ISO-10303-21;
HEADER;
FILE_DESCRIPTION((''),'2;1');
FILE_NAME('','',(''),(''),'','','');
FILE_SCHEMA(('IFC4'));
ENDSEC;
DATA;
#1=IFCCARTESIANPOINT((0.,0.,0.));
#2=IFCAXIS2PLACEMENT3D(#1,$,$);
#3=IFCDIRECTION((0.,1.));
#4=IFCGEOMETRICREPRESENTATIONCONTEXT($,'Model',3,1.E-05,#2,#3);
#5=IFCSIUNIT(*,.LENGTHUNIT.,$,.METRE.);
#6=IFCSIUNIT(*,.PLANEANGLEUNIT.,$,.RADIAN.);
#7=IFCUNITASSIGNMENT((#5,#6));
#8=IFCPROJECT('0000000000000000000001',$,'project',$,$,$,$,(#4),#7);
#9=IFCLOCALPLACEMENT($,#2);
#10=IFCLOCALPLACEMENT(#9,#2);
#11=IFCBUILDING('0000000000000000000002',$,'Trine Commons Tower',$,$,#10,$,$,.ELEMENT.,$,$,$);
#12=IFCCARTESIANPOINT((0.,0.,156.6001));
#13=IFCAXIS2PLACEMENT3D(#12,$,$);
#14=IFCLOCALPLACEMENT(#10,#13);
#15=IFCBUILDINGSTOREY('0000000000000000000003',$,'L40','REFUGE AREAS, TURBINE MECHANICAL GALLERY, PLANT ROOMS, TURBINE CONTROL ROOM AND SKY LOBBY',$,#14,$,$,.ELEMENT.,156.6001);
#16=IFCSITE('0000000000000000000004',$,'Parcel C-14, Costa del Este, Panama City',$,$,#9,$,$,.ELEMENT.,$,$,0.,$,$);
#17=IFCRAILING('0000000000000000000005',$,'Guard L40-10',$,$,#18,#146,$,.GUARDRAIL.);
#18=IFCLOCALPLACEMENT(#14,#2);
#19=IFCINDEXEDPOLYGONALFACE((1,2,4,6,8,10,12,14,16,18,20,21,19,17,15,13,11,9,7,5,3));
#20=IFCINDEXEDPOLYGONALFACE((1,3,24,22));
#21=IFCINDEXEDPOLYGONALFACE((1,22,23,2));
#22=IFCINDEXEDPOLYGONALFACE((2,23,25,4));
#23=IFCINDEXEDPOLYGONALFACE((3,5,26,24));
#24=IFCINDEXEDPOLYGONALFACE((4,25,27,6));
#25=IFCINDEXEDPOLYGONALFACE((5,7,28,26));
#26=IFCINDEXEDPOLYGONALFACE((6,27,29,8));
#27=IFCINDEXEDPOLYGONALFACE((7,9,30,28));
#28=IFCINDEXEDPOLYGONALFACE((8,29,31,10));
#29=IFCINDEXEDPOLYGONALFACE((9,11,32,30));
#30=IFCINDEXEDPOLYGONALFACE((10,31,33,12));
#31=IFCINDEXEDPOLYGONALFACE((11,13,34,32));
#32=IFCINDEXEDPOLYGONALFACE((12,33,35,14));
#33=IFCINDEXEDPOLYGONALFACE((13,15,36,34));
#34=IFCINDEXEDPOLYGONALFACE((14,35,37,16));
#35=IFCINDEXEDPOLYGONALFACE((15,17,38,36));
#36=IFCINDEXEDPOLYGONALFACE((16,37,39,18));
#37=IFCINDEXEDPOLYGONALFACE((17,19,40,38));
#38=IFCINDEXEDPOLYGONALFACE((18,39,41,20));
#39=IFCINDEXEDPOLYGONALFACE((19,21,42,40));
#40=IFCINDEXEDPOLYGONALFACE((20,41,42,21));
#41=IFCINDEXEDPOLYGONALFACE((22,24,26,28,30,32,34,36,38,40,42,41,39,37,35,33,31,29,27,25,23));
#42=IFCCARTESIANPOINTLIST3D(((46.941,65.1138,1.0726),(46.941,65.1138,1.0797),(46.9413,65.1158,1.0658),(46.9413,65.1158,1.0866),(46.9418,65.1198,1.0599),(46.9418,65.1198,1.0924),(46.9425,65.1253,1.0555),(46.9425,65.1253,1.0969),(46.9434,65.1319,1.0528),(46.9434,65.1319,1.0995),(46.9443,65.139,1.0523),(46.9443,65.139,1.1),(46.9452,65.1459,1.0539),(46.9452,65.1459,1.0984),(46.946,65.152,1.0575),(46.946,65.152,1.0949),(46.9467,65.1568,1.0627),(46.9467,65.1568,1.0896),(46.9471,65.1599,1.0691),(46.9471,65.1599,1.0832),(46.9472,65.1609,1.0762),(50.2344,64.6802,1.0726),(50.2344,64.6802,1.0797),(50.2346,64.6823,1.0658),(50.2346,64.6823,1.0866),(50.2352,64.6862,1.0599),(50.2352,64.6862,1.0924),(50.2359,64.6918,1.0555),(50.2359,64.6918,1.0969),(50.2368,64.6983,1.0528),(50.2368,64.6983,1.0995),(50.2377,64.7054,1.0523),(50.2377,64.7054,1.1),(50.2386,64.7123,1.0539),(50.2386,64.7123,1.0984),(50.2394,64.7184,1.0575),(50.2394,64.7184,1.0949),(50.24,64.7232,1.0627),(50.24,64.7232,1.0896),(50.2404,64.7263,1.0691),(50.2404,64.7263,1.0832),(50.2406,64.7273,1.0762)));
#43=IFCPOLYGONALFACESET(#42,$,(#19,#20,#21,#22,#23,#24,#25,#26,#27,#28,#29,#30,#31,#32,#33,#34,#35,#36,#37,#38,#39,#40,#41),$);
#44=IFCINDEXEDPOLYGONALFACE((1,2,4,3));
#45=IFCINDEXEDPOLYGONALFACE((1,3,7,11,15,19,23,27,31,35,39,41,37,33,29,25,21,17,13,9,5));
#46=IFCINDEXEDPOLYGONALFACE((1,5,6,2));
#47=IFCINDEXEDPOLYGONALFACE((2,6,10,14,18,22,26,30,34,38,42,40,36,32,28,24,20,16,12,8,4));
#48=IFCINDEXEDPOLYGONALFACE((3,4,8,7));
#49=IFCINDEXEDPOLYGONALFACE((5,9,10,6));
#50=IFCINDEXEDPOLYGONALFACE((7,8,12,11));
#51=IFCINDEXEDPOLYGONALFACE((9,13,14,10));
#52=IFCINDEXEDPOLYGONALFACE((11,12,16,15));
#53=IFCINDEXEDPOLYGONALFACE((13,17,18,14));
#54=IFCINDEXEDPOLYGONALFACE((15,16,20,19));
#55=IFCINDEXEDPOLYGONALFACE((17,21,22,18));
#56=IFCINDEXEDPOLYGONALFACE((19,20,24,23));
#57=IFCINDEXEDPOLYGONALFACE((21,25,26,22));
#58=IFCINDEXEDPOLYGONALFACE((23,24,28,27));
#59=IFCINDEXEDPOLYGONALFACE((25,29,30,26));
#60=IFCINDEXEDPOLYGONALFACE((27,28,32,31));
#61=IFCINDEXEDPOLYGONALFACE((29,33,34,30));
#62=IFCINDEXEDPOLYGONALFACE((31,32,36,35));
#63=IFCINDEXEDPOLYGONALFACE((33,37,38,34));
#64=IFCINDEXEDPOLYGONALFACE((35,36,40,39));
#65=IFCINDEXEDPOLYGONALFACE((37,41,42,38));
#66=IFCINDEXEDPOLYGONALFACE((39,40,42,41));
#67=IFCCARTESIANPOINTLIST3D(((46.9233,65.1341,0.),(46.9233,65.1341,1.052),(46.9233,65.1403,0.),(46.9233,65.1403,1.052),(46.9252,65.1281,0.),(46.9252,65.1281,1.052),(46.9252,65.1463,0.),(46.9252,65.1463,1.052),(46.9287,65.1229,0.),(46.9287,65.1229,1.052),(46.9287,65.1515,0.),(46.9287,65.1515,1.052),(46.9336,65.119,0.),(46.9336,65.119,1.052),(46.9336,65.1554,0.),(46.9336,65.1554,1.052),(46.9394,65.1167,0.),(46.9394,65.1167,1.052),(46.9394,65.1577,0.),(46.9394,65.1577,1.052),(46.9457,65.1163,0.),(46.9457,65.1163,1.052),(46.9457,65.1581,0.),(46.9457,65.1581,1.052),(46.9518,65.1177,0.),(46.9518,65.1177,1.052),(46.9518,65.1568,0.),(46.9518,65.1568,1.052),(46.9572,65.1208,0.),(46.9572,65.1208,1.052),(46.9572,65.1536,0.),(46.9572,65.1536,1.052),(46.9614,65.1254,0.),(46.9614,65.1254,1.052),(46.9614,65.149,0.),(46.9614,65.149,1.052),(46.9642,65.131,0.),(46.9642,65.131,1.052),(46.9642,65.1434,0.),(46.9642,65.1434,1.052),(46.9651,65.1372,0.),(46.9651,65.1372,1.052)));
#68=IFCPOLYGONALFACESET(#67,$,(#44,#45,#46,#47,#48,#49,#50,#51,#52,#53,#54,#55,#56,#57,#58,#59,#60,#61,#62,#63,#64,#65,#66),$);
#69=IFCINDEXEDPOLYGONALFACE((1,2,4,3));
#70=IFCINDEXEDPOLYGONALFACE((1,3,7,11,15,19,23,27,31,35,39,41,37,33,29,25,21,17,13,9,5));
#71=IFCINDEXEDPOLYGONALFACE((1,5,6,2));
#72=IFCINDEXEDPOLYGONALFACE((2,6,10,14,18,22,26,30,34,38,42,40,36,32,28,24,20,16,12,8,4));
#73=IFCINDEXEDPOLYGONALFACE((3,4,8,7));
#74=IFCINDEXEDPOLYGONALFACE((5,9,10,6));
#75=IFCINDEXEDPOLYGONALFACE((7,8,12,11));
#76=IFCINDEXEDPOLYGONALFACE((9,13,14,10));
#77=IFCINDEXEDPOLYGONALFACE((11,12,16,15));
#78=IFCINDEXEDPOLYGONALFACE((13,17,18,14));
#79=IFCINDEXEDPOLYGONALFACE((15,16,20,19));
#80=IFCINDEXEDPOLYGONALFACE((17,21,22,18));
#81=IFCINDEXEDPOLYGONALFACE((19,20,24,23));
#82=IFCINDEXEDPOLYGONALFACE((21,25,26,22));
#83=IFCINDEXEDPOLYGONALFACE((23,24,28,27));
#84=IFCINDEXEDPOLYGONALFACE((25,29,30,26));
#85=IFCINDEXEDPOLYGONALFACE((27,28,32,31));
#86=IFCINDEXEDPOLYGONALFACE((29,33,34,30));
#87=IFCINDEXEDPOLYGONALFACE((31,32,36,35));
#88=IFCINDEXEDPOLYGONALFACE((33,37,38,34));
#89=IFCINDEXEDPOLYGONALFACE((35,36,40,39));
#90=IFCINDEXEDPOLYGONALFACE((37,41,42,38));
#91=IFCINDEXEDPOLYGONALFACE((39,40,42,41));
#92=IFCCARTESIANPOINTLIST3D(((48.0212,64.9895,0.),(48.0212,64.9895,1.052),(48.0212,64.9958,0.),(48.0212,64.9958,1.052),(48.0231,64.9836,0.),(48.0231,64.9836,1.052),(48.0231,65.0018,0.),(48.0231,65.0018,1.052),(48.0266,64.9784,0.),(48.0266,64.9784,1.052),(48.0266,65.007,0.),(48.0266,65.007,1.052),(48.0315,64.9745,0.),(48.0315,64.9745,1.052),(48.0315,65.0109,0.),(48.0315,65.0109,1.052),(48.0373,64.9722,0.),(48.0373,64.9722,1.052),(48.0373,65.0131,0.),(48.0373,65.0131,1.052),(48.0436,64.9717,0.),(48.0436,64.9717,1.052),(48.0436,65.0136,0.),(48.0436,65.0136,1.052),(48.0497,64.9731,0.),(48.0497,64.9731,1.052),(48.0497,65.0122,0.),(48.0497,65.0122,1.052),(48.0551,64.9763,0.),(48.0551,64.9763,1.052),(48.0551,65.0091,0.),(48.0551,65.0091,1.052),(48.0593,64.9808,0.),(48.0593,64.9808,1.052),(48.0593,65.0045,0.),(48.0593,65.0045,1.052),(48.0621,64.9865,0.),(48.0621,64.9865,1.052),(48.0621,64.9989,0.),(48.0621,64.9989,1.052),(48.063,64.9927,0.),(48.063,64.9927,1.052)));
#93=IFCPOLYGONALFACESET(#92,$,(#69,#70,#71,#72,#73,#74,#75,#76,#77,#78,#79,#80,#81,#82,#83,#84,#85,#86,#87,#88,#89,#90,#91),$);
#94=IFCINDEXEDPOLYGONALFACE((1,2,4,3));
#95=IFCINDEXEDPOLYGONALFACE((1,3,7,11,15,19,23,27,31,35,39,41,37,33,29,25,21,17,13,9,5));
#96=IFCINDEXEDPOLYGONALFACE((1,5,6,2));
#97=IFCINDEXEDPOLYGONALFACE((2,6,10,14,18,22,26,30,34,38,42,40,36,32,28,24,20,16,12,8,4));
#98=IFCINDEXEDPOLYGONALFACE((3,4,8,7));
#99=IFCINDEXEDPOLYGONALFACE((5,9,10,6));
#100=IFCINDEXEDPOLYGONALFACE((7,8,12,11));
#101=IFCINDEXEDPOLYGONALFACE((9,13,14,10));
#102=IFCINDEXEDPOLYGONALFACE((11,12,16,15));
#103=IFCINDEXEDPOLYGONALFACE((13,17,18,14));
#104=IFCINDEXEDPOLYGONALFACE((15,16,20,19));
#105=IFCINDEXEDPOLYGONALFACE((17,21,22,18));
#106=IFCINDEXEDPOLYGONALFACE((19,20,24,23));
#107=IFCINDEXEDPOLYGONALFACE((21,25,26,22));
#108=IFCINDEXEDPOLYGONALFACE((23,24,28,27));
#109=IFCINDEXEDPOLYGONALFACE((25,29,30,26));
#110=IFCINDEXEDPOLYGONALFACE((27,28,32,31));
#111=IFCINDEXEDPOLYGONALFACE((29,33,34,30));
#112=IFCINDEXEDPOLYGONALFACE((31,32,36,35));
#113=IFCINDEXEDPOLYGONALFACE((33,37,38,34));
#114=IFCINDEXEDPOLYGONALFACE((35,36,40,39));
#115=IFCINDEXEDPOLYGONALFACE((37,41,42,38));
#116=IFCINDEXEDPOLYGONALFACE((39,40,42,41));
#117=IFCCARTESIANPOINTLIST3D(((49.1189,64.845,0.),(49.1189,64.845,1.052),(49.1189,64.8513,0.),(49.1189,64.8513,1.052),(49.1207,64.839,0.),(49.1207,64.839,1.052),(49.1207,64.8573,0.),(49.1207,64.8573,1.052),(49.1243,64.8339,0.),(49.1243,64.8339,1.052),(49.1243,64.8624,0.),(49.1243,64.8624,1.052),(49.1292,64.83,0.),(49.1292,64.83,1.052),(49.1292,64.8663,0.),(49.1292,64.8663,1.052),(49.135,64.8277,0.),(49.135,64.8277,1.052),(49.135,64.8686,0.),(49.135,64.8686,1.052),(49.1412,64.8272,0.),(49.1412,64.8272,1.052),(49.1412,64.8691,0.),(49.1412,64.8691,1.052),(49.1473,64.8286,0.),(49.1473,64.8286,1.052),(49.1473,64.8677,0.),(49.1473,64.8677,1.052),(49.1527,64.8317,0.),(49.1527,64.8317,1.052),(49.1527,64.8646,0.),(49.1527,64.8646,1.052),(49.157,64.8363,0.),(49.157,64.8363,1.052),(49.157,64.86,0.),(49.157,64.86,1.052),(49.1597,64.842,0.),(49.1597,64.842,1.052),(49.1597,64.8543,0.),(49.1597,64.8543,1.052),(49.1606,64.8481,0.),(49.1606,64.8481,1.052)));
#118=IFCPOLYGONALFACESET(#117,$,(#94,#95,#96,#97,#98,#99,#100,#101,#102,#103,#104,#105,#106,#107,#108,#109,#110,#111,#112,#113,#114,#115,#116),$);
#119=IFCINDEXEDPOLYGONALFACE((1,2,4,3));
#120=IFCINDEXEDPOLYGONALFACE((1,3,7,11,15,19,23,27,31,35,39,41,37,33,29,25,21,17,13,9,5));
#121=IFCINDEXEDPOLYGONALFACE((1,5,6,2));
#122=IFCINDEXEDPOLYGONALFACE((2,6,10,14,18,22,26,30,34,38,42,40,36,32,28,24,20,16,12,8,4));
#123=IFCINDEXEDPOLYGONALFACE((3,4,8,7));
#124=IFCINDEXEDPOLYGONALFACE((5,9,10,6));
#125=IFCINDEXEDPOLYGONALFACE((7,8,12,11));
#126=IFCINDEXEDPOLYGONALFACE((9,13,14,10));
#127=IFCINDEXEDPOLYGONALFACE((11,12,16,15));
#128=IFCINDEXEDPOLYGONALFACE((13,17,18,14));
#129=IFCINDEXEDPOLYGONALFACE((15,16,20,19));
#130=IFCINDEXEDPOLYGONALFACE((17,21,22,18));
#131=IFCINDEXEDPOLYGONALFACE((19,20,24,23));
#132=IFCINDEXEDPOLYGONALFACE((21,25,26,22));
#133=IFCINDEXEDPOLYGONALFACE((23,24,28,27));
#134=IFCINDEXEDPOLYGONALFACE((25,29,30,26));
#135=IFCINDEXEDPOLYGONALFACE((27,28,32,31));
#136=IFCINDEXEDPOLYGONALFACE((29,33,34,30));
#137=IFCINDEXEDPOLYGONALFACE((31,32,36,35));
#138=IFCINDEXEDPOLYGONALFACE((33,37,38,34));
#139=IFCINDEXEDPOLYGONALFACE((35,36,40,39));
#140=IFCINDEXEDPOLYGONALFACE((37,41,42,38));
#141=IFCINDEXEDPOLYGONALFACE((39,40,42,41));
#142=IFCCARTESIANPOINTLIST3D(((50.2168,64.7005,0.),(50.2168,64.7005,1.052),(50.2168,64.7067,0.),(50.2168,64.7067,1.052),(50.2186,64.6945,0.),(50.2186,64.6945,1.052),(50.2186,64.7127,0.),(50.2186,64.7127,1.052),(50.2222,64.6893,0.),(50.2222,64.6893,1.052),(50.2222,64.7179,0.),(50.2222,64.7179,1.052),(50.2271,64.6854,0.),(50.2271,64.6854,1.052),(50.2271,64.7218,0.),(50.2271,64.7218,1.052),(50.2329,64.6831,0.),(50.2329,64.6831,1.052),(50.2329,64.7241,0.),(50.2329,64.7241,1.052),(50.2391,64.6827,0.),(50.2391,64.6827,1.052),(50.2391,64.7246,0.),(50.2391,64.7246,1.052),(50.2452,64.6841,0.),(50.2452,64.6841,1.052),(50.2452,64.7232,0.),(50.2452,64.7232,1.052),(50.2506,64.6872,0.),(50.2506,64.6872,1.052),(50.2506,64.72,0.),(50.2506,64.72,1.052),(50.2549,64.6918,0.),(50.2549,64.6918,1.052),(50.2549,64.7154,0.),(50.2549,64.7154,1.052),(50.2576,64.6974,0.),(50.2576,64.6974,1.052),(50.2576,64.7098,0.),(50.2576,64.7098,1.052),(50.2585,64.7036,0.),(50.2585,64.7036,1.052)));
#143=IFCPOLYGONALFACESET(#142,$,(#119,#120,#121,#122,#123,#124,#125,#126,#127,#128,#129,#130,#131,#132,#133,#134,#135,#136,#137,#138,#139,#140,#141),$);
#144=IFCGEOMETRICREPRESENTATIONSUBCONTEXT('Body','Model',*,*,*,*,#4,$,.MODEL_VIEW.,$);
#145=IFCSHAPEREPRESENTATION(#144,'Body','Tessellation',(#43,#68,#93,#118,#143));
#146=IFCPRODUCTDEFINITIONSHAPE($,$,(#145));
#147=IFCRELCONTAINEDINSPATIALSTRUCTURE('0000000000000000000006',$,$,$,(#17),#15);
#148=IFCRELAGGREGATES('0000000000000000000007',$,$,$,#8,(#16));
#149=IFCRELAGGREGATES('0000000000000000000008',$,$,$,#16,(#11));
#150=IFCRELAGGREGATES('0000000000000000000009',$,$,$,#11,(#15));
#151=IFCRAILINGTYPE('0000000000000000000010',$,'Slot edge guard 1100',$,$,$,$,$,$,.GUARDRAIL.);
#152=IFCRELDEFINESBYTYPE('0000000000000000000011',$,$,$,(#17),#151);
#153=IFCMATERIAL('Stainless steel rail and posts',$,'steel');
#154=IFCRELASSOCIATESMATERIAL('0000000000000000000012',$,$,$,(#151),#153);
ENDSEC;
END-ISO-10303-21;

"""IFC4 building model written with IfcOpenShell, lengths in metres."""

from ifc_helpers import new_model, si_unit, direction, frame, origin, origin_2d, place, context, subcontext, project, spatial, circle, extrude, material, type_object, element, save


model = new_model("IFC4")

# Units and contexts
model_context = context("Model", 3, precision=1e-05, world=origin(), true_north=direction((0.0, 1.0)))
body_context = subcontext(model_context, "Body", "Model", "MODEL_VIEW")
ifc_project = project(units=[si_unit("LENGTHUNIT", "METRE"), si_unit("PLANEANGLEUNIT", "RADIAN")], contexts=[model_context])

# Site, building, storey
site_placement = place(None, origin())
site = spatial("IfcSite", under=ifc_project, at=site_placement, Name="Parcel C-14, Costa del Este, Panama City", CompositionType="ELEMENT", RefElevation=0.0)
building_placement = place(site_placement, origin())
building = spatial("IfcBuilding", under=site, at=building_placement, Name="Trine Commons Tower", CompositionType="ELEMENT")
storey_placement = place(building_placement, frame((0.0, 0.0, 156.6001)))
storey = spatial("IfcBuildingStorey", under=building, at=storey_placement, Name="L40", Description="REFUGE AREAS, TURBINE MECHANICAL GALLERY, PLANT ROOMS, TURBINE CONTROL ROOM AND SKY LOBBY", CompositionType="ELEMENT", Elevation=156.6001)

# Railing
ifc_material_1 = material(Name="Stainless steel rail and posts", Category="steel")
railing_type = type_object("IfcRailingType", Name="Slot edge guard 1100", PredefinedType="GUARDRAIL", material=ifc_material_1)
railing_1_placement = place(storey_placement, frame((46.9441, 65.1372, 0.0)))
element("IfcRailing", 1, at=railing_1_placement, inside=storey, type_object=railing_type, Name="Guard L40-10", PredefinedType="GUARDRAIL", context=body_context, shape_type="SweptSolid", body=[
    extrude(circle(Radius=0.0239, at=origin_2d()), frame((0.0, 0.0, 1.0762), z_axis=(0.991445, -0.130527, 0.0), x_axis=(0.130527, 0.991445, 0.0)), (0.0, 0.0, 1.0), 3.3218),
    extrude(circle(Radius=0.021, at=origin_2d()), origin(), (0.0, 0.0, 1.0), 1.052),
    extrude(circle(Radius=0.021, at=origin_2d()), frame((1.0979, -0.1445, 0.0)), (0.0, 0.0, 1.0), 1.052),
    extrude(circle(Radius=0.021, at=origin_2d()), frame((2.1956, -0.2891, 0.0)), (0.0, 0.0, 1.0), 1.052),
    extrude(circle(Radius=0.021, at=origin_2d()), frame((3.2935, -0.4336, 0.0)), (0.0, 0.0, 1.0), 1.052),
])

save(model, "model.ifc")
